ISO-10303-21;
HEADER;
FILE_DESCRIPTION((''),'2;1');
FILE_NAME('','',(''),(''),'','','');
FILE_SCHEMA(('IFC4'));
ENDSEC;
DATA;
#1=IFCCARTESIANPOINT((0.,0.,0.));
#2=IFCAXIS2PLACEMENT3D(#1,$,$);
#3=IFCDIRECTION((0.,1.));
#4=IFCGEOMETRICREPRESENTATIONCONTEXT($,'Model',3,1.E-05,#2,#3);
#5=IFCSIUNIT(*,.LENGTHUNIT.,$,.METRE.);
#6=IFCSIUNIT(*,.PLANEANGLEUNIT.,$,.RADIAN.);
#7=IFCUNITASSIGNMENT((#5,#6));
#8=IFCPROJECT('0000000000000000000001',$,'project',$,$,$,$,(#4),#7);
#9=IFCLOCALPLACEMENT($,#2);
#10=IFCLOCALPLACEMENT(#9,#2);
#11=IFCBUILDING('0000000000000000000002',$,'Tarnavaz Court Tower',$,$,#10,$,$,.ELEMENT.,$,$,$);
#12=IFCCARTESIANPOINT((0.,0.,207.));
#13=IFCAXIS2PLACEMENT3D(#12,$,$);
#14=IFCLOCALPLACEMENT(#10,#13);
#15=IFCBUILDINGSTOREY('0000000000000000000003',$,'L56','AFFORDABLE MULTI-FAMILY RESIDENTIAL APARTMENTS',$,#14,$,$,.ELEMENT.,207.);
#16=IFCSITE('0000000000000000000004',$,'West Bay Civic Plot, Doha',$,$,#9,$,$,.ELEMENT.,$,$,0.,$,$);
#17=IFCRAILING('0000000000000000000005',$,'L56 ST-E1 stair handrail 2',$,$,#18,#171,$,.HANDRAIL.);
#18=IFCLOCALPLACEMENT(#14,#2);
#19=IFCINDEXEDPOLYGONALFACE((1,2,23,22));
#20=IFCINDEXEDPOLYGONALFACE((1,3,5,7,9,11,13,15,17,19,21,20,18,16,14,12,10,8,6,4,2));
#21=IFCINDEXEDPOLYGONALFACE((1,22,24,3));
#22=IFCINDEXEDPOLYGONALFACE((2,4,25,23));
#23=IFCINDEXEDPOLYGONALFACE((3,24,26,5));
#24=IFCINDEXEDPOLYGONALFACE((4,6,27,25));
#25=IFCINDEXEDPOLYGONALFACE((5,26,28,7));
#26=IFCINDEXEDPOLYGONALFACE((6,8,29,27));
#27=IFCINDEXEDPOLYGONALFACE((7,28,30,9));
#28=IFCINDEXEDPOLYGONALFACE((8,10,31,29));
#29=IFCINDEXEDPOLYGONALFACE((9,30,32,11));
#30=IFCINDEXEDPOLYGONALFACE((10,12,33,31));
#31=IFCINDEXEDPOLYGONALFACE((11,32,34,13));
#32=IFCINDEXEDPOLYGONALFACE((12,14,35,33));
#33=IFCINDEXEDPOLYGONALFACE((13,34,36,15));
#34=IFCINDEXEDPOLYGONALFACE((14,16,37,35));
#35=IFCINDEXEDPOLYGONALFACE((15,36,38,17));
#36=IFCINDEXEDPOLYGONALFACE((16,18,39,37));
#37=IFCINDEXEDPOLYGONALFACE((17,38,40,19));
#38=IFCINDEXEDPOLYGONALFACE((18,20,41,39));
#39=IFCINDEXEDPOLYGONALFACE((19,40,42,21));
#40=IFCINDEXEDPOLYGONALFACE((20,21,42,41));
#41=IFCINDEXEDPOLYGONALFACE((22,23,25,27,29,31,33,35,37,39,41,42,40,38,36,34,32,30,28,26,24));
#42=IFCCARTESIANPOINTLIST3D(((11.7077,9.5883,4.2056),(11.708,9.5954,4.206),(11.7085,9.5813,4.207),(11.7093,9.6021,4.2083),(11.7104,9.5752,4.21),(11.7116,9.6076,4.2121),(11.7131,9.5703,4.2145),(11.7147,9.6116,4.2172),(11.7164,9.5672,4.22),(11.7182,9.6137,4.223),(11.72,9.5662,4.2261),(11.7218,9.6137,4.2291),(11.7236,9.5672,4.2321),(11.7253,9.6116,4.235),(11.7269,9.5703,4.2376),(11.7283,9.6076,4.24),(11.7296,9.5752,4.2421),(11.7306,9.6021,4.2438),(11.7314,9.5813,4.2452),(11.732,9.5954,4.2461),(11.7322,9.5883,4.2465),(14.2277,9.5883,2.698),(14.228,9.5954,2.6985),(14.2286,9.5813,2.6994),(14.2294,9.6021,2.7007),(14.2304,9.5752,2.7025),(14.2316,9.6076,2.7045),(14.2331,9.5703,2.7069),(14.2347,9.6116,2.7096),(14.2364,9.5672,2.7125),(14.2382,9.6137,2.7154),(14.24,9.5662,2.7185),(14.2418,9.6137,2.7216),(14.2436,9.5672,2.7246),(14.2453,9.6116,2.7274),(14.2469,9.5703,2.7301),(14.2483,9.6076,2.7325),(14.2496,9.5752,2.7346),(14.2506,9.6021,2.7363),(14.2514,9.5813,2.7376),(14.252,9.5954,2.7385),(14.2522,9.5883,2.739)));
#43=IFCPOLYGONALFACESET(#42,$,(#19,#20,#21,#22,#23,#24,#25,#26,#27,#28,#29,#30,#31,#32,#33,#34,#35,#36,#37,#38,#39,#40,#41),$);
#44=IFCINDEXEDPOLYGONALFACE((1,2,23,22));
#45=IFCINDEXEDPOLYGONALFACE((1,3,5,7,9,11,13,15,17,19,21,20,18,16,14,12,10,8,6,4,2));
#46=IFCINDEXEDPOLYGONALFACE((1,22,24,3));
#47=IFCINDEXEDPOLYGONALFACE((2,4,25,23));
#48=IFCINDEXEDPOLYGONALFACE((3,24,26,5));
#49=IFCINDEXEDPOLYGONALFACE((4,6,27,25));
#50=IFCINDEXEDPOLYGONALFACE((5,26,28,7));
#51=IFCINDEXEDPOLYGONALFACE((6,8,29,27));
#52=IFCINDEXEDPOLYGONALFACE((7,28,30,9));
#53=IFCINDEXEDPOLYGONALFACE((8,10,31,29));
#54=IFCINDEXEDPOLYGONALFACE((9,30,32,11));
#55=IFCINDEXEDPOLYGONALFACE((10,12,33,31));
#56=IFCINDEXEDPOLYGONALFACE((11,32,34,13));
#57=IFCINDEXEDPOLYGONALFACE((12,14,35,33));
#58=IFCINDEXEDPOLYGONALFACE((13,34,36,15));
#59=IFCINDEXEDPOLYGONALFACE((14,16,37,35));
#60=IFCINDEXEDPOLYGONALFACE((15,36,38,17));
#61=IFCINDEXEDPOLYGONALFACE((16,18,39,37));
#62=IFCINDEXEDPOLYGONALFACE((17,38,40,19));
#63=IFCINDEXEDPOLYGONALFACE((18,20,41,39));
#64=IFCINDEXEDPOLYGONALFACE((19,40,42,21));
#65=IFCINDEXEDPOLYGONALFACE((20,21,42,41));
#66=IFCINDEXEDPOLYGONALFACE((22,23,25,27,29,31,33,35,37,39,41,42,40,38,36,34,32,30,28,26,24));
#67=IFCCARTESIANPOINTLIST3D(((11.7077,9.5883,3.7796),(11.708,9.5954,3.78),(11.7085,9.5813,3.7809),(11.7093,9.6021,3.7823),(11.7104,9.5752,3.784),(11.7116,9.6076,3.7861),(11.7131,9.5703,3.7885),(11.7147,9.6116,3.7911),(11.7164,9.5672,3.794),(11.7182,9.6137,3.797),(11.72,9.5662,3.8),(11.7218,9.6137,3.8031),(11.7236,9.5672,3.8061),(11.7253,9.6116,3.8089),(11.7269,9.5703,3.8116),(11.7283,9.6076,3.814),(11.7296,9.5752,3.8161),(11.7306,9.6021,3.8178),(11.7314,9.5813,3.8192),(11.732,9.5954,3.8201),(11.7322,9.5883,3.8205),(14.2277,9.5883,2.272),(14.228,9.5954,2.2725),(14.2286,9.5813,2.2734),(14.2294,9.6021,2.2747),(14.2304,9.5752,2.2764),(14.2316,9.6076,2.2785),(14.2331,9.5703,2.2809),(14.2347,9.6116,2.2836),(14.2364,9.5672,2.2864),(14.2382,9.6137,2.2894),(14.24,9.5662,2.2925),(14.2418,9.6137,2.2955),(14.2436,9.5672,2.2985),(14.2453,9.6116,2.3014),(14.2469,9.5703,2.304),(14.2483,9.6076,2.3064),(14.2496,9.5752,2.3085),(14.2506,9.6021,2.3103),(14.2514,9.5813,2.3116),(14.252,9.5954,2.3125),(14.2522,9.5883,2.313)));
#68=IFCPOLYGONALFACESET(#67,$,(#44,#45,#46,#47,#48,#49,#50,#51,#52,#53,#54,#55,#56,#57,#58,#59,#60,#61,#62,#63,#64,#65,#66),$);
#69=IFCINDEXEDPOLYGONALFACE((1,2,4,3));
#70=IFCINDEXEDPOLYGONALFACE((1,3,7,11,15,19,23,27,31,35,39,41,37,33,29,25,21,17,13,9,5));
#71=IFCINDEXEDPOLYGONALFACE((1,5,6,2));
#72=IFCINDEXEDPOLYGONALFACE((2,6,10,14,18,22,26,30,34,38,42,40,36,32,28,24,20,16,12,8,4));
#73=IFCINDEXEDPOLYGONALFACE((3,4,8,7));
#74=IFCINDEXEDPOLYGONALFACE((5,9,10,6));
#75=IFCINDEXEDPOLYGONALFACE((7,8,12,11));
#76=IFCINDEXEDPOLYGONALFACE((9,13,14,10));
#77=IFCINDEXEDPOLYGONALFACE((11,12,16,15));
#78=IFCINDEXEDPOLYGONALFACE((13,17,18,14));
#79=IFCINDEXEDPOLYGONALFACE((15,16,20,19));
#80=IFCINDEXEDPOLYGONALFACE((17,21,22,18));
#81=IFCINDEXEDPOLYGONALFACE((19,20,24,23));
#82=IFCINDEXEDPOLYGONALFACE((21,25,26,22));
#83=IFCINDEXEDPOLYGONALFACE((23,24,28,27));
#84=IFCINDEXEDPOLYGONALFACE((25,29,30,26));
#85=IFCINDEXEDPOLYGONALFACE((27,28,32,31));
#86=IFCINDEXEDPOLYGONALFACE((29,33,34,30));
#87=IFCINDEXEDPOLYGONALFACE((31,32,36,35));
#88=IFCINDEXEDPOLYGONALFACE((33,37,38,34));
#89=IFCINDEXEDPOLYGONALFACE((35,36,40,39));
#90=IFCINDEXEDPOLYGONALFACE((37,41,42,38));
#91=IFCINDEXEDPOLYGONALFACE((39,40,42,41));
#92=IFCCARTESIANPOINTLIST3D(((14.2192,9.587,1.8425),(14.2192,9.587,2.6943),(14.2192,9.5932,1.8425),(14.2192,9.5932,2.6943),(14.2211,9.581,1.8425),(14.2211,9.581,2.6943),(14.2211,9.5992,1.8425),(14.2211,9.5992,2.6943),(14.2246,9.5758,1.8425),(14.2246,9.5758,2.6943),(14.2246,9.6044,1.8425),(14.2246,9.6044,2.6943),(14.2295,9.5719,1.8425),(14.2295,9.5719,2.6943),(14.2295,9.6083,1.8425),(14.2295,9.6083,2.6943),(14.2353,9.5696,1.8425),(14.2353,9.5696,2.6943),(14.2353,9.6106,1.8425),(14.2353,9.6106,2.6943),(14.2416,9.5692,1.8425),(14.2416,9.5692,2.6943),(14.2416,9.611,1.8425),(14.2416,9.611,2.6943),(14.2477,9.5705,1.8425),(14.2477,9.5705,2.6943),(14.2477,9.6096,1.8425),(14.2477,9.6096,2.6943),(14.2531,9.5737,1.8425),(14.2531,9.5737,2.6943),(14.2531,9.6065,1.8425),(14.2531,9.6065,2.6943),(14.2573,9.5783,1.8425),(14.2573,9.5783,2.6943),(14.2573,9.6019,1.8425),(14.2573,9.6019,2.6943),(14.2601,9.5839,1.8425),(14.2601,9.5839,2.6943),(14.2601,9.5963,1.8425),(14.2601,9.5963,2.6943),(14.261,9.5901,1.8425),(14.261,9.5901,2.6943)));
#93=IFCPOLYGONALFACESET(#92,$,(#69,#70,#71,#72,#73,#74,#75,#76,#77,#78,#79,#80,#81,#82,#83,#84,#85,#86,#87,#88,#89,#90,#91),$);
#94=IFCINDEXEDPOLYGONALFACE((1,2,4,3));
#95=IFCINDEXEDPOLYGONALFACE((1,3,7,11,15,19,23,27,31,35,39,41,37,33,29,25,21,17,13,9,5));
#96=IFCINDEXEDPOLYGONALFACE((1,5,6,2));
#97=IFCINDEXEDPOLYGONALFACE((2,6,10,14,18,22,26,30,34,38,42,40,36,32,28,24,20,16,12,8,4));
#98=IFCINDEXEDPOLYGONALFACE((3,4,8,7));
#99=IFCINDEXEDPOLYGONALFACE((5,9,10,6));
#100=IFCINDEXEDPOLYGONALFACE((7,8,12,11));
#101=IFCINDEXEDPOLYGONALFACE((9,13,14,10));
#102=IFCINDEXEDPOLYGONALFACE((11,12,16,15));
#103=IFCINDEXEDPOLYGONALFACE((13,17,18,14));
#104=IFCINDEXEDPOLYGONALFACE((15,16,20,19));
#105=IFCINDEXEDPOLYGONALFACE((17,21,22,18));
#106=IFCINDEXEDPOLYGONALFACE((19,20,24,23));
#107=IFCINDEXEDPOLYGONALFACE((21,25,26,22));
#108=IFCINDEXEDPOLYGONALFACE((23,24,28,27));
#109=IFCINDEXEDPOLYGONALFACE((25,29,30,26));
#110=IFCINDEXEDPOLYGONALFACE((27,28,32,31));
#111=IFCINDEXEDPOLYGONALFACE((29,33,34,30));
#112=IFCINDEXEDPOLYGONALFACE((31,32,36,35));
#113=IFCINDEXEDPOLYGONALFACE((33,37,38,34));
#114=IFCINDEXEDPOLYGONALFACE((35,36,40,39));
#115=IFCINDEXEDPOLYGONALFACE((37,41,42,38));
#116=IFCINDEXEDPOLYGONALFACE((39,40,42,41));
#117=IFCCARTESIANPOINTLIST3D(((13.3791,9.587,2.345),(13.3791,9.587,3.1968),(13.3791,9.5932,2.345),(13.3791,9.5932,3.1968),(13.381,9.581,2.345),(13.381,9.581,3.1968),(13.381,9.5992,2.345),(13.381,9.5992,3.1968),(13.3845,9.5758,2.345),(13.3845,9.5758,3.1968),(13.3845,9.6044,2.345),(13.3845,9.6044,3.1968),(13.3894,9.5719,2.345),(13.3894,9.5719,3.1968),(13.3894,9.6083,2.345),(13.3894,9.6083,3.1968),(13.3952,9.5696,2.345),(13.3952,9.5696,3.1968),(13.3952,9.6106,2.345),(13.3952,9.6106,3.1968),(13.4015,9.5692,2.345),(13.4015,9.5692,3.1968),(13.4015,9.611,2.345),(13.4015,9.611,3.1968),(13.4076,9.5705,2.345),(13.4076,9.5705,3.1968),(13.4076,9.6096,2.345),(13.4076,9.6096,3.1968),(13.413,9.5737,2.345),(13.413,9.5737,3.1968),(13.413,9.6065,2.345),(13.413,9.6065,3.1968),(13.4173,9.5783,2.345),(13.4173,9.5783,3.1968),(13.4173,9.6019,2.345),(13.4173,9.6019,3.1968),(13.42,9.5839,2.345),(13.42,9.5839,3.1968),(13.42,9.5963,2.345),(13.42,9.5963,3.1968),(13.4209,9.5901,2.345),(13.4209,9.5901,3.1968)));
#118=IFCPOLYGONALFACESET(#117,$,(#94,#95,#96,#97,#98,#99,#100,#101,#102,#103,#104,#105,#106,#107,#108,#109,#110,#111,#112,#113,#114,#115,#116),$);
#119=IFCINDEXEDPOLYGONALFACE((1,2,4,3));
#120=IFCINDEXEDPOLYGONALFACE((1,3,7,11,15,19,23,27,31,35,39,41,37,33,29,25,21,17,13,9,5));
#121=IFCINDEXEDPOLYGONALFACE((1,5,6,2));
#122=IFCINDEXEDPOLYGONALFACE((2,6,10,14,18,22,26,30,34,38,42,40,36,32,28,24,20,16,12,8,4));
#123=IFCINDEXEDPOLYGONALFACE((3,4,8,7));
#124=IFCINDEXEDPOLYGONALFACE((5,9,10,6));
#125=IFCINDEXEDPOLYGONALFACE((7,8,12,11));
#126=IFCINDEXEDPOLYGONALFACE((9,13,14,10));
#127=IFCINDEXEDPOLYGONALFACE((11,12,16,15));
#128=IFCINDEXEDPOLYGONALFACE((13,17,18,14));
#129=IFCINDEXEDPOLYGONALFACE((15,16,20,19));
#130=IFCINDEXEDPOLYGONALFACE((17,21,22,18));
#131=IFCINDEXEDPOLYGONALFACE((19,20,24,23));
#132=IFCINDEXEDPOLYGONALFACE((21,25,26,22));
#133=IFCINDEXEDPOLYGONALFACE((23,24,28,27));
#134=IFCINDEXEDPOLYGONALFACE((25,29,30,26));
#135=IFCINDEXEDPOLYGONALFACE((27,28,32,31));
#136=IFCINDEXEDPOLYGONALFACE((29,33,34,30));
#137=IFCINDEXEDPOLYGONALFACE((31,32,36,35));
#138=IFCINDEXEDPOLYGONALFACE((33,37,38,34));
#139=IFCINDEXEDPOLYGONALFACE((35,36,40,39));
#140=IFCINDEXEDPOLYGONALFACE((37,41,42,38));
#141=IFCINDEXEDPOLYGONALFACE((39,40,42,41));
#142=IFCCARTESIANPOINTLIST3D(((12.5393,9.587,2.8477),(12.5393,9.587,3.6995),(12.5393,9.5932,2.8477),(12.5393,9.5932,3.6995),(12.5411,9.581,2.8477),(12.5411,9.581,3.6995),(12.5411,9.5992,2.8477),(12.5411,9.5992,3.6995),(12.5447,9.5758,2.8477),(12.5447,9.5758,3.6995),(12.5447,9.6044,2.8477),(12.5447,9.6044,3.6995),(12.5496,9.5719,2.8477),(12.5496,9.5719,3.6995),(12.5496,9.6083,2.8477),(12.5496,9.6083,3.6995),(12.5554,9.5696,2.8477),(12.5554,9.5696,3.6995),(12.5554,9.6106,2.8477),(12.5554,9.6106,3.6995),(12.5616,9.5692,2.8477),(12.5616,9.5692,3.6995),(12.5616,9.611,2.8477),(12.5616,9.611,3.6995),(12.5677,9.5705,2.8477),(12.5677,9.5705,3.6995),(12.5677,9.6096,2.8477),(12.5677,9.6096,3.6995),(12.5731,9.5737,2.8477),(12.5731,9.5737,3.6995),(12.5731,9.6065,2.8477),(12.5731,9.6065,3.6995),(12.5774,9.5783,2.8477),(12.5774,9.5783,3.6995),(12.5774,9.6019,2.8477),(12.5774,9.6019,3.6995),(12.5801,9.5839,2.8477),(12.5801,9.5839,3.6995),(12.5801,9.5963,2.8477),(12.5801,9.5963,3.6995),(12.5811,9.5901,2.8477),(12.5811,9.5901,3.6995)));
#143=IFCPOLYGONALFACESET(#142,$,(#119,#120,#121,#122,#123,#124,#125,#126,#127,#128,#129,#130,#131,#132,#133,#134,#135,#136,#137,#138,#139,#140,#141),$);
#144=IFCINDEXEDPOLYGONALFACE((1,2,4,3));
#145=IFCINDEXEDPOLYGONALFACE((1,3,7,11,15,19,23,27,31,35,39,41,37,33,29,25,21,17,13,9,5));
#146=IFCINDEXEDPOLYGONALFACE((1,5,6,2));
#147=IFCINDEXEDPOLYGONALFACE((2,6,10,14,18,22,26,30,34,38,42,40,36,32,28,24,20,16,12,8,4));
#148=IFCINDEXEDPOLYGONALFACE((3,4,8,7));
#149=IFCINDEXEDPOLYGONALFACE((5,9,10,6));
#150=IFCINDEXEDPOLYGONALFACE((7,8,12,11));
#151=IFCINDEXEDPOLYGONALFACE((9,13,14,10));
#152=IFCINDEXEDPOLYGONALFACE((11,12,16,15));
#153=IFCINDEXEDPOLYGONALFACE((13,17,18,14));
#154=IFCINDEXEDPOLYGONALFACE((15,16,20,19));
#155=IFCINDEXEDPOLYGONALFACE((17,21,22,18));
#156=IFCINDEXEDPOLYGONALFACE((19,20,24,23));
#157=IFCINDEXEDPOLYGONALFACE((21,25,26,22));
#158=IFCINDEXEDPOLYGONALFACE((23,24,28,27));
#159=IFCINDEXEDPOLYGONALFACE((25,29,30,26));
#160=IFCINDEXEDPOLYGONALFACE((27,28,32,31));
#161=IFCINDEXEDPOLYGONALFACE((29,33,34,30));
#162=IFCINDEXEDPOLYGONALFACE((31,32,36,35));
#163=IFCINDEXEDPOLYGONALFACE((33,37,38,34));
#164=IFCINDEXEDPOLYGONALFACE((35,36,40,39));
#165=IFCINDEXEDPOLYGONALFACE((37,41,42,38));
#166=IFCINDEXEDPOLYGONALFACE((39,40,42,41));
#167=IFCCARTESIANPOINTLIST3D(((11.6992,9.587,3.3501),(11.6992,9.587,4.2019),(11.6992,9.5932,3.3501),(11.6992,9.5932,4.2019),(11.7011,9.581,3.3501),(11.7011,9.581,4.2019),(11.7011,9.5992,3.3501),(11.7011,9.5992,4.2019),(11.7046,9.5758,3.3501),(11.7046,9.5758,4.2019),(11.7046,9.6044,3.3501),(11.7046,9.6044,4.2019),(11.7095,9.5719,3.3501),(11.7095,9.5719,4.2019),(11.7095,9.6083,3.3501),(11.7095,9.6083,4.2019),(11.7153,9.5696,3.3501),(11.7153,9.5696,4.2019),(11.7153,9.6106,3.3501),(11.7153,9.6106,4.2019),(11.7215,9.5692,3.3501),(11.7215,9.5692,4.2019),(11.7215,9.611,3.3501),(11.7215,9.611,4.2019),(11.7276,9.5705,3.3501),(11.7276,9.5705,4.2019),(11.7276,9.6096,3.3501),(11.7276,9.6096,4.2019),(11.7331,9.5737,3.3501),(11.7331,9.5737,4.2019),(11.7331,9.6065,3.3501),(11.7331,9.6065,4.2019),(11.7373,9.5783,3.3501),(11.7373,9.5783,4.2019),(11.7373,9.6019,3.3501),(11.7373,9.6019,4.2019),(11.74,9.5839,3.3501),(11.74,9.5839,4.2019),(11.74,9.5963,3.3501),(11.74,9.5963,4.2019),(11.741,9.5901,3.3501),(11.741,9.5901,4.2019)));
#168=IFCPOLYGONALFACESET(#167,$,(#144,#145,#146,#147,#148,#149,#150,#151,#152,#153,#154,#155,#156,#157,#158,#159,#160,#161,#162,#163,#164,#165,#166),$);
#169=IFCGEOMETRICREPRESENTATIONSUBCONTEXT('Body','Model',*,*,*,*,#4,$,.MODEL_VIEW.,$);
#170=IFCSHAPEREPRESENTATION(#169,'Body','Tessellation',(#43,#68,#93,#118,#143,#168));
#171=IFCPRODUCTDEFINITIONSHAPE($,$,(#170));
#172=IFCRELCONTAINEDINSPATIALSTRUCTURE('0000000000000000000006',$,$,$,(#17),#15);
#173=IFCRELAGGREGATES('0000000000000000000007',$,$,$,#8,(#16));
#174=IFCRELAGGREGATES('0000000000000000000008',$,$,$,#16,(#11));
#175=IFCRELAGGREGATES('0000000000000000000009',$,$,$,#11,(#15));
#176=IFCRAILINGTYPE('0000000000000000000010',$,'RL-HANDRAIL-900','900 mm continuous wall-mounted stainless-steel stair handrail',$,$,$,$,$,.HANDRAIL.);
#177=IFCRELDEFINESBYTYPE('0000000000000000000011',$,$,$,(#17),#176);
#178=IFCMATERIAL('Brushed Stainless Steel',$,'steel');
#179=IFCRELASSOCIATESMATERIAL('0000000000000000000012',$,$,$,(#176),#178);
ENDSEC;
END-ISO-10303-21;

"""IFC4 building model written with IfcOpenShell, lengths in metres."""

from ifc_helpers import new_model, si_unit, direction, frame, origin, origin_2d, place, context, subcontext, project, spatial, circle, extrude, material, type_object, element, save


model = new_model("IFC4")

# Units and contexts
model_context = context("Model", 3, precision=1e-05, world=origin(), true_north=direction((0.0, 1.0)))
body_context = subcontext(model_context, "Body", "Model", "MODEL_VIEW")
ifc_project = project(units=[si_unit("LENGTHUNIT", "METRE"), si_unit("PLANEANGLEUNIT", "RADIAN")], contexts=[model_context])

# Site, building, storey
site_placement = place(None, origin())
site = spatial("IfcSite", under=ifc_project, at=site_placement, Name="West Bay Civic Plot, Doha", CompositionType="ELEMENT", RefElevation=0.0)
building_placement = place(site_placement, origin())
building = spatial("IfcBuilding", under=site, at=building_placement, Name="Tarnavaz Court Tower", CompositionType="ELEMENT")
storey_placement = place(building_placement, frame((0.0, 0.0, 207.0)))
storey = spatial("IfcBuildingStorey", under=building, at=storey_placement, Name="L56", Description="AFFORDABLE MULTI-FAMILY RESIDENTIAL APARTMENTS", CompositionType="ELEMENT", Elevation=207.0)

# Railing
ifc_material_1 = material(Name="Brushed Stainless Steel", Category="steel")
railing_type_1 = type_object("IfcRailingType", Name="RL-HANDRAIL-900", Description="900 mm continuous wall-mounted stainless-steel stair handrail", PredefinedType="HANDRAIL", material=ifc_material_1)
railing_1_placement = place(storey_placement, frame((14.24, 9.5901, 1.8425)))
element("IfcRailing", 1, at=railing_1_placement, inside=storey, type_object=railing_type_1, Name="L56 ST-E1 stair handrail 2", PredefinedType="HANDRAIL", context=body_context, shape_type="SweptSolid", body=[
    extrude(circle(Radius=0.0239, at=origin_2d()), frame((0.0, 0.0, 0.876), z_axis=(-0.85816, 0.0, 0.513383), x_axis=(0.0, -1.0, 0.0)), (0.0, 0.0, 1.0), 2.9365),
    extrude(circle(Radius=0.0239, at=origin_2d()), frame((0.0, 0.0, 0.45), z_axis=(-0.85816, 0.0, 0.513383), x_axis=(0.0, -1.0, 0.0)), (0.0, 0.0, 1.0), 2.9365),
    extrude(circle(Radius=0.021, at=origin_2d()), origin(), (0.0, 0.0, 1.0), 0.8518),
    extrude(circle(Radius=0.021, at=origin_2d()), frame((-0.8401, 0.0, 0.5024)), (0.0, 0.0, 1.0), 0.8518),
    extrude(circle(Radius=0.021, at=origin_2d()), frame((-1.6799, 0.0, 1.0051)), (0.0, 0.0, 1.0), 0.8518),
    extrude(circle(Radius=0.021, at=origin_2d()), frame((-2.52, 0.0, 1.5076)), (0.0, 0.0, 1.0), 0.8518),
])

save(model, "model.ifc")
